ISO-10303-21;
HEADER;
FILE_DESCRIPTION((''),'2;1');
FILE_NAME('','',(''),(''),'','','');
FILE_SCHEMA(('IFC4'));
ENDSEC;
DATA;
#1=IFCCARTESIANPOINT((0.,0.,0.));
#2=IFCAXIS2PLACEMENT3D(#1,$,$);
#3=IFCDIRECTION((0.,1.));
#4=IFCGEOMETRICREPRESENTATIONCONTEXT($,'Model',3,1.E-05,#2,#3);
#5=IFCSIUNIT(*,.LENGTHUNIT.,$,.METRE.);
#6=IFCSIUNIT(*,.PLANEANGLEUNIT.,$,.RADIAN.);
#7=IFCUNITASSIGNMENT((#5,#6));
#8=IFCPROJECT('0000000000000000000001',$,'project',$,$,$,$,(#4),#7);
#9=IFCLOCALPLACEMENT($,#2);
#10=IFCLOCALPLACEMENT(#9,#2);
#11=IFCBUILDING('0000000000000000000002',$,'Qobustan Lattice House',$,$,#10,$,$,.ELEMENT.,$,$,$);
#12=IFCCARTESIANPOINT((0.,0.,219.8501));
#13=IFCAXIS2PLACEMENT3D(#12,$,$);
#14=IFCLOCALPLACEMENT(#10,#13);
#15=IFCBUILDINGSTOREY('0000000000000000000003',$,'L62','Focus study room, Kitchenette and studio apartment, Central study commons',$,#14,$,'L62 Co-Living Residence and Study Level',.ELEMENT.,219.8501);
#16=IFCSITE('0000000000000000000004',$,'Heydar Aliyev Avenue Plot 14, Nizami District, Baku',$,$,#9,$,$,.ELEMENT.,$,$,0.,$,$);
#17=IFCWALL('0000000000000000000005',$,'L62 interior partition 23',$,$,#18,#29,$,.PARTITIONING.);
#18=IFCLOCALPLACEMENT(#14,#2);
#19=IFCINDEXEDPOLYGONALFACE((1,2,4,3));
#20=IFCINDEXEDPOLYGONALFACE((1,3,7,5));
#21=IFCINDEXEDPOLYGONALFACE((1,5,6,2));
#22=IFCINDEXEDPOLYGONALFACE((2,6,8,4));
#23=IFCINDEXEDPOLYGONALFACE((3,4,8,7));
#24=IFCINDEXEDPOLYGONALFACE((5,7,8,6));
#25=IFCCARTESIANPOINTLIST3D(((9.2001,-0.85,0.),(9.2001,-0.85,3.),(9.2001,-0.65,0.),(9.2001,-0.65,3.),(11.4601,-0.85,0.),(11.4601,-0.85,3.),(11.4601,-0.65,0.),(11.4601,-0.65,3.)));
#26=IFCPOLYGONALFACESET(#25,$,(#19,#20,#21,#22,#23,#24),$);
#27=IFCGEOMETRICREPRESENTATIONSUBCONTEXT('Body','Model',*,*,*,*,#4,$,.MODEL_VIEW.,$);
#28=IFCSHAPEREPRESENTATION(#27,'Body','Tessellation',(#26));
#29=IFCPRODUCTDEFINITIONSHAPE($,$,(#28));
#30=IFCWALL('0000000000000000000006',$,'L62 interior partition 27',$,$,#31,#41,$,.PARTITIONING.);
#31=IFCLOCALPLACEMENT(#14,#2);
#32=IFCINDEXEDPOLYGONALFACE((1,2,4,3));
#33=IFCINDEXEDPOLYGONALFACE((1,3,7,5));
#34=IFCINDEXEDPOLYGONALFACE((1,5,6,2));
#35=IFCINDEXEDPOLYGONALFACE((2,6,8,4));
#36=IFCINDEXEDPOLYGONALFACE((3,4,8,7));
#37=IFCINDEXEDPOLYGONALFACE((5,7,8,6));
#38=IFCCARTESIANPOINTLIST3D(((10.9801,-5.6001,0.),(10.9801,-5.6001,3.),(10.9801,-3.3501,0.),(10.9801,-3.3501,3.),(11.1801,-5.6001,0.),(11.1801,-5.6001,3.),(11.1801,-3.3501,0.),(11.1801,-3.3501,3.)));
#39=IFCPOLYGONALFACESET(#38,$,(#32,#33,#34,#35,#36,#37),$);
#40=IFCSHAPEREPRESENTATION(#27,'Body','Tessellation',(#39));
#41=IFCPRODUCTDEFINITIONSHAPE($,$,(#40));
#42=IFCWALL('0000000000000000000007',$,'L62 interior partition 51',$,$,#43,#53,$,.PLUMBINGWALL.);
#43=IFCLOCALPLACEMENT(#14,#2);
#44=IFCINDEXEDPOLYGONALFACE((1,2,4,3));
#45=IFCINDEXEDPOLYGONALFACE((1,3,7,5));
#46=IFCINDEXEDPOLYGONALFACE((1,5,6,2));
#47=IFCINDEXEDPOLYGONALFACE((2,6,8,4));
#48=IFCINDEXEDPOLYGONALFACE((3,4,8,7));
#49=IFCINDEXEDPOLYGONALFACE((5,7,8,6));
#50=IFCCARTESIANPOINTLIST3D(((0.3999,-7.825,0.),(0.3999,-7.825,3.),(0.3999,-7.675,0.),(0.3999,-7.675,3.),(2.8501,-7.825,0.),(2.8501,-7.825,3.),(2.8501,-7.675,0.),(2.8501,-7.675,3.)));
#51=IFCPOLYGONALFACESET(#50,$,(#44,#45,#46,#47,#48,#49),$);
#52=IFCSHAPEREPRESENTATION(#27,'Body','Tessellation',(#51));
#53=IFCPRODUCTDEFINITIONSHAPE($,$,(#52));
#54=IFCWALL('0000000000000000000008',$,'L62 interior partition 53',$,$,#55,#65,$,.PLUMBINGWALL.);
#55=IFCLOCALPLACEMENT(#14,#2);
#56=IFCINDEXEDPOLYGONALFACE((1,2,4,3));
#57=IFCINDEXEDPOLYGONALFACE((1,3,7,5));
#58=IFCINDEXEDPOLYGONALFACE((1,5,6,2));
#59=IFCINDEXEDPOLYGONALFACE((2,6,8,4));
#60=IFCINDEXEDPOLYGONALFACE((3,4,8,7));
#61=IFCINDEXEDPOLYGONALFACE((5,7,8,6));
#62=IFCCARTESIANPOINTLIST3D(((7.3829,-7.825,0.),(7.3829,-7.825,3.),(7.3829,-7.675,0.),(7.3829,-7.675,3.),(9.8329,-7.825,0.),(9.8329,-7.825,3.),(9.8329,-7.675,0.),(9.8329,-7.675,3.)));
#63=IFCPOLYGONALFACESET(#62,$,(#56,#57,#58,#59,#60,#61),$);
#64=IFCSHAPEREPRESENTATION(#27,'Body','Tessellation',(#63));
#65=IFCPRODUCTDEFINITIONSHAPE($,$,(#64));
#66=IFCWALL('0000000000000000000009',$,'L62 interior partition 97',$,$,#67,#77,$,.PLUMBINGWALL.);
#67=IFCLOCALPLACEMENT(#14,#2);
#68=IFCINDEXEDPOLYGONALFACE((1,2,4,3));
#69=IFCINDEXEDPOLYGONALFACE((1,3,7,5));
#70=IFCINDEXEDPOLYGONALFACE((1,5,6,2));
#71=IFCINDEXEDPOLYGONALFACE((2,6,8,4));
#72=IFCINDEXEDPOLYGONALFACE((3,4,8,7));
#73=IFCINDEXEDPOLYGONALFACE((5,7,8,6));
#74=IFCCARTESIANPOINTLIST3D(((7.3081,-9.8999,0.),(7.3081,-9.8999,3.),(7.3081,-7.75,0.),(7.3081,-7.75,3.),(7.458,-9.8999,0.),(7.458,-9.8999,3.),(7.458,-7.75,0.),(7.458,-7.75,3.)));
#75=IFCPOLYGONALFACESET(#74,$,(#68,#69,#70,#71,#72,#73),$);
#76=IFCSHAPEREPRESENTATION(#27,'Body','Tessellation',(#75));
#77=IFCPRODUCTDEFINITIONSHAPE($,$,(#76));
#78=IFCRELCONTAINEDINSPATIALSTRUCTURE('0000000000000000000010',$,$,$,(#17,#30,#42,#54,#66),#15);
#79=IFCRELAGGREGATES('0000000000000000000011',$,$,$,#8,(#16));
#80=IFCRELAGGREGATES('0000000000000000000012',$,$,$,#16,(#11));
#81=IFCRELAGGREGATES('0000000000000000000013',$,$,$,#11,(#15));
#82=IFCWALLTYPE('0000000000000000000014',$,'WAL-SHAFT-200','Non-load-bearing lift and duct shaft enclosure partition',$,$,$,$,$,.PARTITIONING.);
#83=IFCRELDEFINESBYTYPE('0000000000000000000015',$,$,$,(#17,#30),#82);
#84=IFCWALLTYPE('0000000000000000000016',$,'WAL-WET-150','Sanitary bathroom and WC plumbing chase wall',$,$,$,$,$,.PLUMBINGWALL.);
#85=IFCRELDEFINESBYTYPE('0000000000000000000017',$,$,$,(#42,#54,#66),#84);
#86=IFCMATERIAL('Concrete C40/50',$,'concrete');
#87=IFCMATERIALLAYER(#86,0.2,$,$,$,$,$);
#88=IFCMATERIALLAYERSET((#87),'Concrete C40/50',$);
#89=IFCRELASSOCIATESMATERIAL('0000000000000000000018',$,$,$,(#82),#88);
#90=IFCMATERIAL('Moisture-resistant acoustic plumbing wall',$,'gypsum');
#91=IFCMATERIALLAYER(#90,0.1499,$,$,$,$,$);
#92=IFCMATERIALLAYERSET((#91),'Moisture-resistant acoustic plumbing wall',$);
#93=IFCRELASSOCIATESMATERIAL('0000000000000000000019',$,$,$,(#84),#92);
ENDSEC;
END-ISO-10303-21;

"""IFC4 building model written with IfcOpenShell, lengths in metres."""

from ifc_helpers import new_model, si_unit, direction, frame, frame_2d, origin, place, context, subcontext, project, spatial, rectangle, extrude, material, layer, layer_set, type_object, element, save


model = new_model("IFC4")

# Units and contexts
model_context = context("Model", 3, precision=1e-05, world=origin(), true_north=direction((0.0, 1.0)))
body_context = subcontext(model_context, "Body", "Model", "MODEL_VIEW")
ifc_project = project(units=[si_unit("LENGTHUNIT", "METRE"), si_unit("PLANEANGLEUNIT", "RADIAN")], contexts=[model_context])

# Site, building, storey
site_placement = place(None, origin())
site = spatial("IfcSite", under=ifc_project, at=site_placement, Name="Heydar Aliyev Avenue Plot 14, Nizami District, Baku", CompositionType="ELEMENT", RefElevation=0.0)
building_placement = place(site_placement, origin())
building = spatial("IfcBuilding", under=site, at=building_placement, Name="Qobustan Lattice House", CompositionType="ELEMENT")
storey_placement = place(building_placement, frame((0.0, 0.0, 219.8501)))
storey = spatial("IfcBuildingStorey", under=building, at=storey_placement, Name="L62", Description="Focus study room, Kitchenette and studio apartment, Central study commons", LongName="L62 Co-Living Residence and Study Level", CompositionType="ELEMENT", Elevation=219.8501)

# Shared definitions
ifc_material_1 = material(Name="Concrete C40/50", Category="concrete")
ifc_layer_1 = layer(ifc_material_1, 0.2)
ifc_layer_set_1 = layer_set([ifc_layer_1], Name="Concrete C40/50")
wall_type_1 = type_object("IfcWallType", Name="WAL-SHAFT-200", Description="Non-load-bearing lift and duct shaft enclosure partition", PredefinedType="PARTITIONING", material=ifc_layer_set_1)

# Walls
wall_1_placement = place(storey_placement, frame((11.46, -0.75, 0.0), z_axis=(0.0, 0.0, 1.0), x_axis=(-1.0, 0.0, 0.0)))
element("IfcWall", 1, at=wall_1_placement, inside=storey, type_object=wall_type_1, Name="L62 interior partition 23", PredefinedType="PARTITIONING", context=body_context, shape_type="SweptSolid", body=[
    extrude(rectangle(XDim=2.26, YDim=0.2, at=frame_2d((1.1299, 0.0))), origin(), (0.0, 0.0, 1.0), 3.0),
])
wall_2_placement = place(storey_placement, frame((11.0801, -5.6001, 0.0), z_axis=(0.0, 0.0, 1.0), x_axis=(0.0, 1.0, 0.0)))
element("IfcWall", 2, at=wall_2_placement, inside=storey, type_object=wall_type_1, Name="L62 interior partition 27", PredefinedType="PARTITIONING", context=body_context, shape_type="SweptSolid", body=[
    extrude(rectangle(XDim=2.25, YDim=0.2, at=frame_2d((1.125, 0.0))), origin(), (0.0, 0.0, 1.0), 3.0),
])
ifc_material_2 = material(Name="Moisture-resistant acoustic plumbing wall", Category="gypsum")
ifc_layer_2 = layer(ifc_material_2, 0.1499)
ifc_layer_set_2 = layer_set([ifc_layer_2], Name="Moisture-resistant acoustic plumbing wall")
wall_type_2 = type_object("IfcWallType", Name="WAL-WET-150", Description="Sanitary bathroom and WC plumbing chase wall", PredefinedType="PLUMBINGWALL", material=ifc_layer_set_2)
wall_3_placement = place(storey_placement, frame((2.8501, -7.75, 0.0), z_axis=(0.0, 0.0, 1.0), x_axis=(-1.0, 0.0, 0.0)))
element("IfcWall", 3, at=wall_3_placement, inside=storey, type_object=wall_type_2, Name="L62 interior partition 51", PredefinedType="PLUMBINGWALL", context=body_context, shape_type="SweptSolid", body=[
    extrude(rectangle(XDim=2.4502, YDim=0.1499, at=frame_2d((1.2251, 0.0))), origin(), (0.0, 0.0, 1.0), 3.0),
])
wall_4_placement = place(storey_placement, frame((9.833, -7.75, 0.0), z_axis=(0.0, 0.0, 1.0), x_axis=(-1.0, 0.0, 0.0)))
element("IfcWall", 4, at=wall_4_placement, inside=storey, type_object=wall_type_2, Name="L62 interior partition 53", PredefinedType="PLUMBINGWALL", context=body_context, shape_type="SweptSolid", body=[
    extrude(rectangle(XDim=2.45, YDim=0.1499, at=frame_2d((1.2251, 0.0))), origin(), (0.0, 0.0, 1.0), 3.0),
])
wall_5_placement = place(storey_placement, frame((7.3831, -7.75, 0.0), z_axis=(0.0, 0.0, 1.0), x_axis=(0.0, -1.0, 0.0)))
element("IfcWall", 5, at=wall_5_placement, inside=storey, type_object=wall_type_2, Name="L62 interior partition 97", PredefinedType="PLUMBINGWALL", context=body_context, shape_type="SweptSolid", body=[
    extrude(rectangle(XDim=2.1499, YDim=0.1499, at=frame_2d((1.075, 0.0))), origin(), (0.0, 0.0, 1.0), 3.0),
])

save(model, "model.ifc")
